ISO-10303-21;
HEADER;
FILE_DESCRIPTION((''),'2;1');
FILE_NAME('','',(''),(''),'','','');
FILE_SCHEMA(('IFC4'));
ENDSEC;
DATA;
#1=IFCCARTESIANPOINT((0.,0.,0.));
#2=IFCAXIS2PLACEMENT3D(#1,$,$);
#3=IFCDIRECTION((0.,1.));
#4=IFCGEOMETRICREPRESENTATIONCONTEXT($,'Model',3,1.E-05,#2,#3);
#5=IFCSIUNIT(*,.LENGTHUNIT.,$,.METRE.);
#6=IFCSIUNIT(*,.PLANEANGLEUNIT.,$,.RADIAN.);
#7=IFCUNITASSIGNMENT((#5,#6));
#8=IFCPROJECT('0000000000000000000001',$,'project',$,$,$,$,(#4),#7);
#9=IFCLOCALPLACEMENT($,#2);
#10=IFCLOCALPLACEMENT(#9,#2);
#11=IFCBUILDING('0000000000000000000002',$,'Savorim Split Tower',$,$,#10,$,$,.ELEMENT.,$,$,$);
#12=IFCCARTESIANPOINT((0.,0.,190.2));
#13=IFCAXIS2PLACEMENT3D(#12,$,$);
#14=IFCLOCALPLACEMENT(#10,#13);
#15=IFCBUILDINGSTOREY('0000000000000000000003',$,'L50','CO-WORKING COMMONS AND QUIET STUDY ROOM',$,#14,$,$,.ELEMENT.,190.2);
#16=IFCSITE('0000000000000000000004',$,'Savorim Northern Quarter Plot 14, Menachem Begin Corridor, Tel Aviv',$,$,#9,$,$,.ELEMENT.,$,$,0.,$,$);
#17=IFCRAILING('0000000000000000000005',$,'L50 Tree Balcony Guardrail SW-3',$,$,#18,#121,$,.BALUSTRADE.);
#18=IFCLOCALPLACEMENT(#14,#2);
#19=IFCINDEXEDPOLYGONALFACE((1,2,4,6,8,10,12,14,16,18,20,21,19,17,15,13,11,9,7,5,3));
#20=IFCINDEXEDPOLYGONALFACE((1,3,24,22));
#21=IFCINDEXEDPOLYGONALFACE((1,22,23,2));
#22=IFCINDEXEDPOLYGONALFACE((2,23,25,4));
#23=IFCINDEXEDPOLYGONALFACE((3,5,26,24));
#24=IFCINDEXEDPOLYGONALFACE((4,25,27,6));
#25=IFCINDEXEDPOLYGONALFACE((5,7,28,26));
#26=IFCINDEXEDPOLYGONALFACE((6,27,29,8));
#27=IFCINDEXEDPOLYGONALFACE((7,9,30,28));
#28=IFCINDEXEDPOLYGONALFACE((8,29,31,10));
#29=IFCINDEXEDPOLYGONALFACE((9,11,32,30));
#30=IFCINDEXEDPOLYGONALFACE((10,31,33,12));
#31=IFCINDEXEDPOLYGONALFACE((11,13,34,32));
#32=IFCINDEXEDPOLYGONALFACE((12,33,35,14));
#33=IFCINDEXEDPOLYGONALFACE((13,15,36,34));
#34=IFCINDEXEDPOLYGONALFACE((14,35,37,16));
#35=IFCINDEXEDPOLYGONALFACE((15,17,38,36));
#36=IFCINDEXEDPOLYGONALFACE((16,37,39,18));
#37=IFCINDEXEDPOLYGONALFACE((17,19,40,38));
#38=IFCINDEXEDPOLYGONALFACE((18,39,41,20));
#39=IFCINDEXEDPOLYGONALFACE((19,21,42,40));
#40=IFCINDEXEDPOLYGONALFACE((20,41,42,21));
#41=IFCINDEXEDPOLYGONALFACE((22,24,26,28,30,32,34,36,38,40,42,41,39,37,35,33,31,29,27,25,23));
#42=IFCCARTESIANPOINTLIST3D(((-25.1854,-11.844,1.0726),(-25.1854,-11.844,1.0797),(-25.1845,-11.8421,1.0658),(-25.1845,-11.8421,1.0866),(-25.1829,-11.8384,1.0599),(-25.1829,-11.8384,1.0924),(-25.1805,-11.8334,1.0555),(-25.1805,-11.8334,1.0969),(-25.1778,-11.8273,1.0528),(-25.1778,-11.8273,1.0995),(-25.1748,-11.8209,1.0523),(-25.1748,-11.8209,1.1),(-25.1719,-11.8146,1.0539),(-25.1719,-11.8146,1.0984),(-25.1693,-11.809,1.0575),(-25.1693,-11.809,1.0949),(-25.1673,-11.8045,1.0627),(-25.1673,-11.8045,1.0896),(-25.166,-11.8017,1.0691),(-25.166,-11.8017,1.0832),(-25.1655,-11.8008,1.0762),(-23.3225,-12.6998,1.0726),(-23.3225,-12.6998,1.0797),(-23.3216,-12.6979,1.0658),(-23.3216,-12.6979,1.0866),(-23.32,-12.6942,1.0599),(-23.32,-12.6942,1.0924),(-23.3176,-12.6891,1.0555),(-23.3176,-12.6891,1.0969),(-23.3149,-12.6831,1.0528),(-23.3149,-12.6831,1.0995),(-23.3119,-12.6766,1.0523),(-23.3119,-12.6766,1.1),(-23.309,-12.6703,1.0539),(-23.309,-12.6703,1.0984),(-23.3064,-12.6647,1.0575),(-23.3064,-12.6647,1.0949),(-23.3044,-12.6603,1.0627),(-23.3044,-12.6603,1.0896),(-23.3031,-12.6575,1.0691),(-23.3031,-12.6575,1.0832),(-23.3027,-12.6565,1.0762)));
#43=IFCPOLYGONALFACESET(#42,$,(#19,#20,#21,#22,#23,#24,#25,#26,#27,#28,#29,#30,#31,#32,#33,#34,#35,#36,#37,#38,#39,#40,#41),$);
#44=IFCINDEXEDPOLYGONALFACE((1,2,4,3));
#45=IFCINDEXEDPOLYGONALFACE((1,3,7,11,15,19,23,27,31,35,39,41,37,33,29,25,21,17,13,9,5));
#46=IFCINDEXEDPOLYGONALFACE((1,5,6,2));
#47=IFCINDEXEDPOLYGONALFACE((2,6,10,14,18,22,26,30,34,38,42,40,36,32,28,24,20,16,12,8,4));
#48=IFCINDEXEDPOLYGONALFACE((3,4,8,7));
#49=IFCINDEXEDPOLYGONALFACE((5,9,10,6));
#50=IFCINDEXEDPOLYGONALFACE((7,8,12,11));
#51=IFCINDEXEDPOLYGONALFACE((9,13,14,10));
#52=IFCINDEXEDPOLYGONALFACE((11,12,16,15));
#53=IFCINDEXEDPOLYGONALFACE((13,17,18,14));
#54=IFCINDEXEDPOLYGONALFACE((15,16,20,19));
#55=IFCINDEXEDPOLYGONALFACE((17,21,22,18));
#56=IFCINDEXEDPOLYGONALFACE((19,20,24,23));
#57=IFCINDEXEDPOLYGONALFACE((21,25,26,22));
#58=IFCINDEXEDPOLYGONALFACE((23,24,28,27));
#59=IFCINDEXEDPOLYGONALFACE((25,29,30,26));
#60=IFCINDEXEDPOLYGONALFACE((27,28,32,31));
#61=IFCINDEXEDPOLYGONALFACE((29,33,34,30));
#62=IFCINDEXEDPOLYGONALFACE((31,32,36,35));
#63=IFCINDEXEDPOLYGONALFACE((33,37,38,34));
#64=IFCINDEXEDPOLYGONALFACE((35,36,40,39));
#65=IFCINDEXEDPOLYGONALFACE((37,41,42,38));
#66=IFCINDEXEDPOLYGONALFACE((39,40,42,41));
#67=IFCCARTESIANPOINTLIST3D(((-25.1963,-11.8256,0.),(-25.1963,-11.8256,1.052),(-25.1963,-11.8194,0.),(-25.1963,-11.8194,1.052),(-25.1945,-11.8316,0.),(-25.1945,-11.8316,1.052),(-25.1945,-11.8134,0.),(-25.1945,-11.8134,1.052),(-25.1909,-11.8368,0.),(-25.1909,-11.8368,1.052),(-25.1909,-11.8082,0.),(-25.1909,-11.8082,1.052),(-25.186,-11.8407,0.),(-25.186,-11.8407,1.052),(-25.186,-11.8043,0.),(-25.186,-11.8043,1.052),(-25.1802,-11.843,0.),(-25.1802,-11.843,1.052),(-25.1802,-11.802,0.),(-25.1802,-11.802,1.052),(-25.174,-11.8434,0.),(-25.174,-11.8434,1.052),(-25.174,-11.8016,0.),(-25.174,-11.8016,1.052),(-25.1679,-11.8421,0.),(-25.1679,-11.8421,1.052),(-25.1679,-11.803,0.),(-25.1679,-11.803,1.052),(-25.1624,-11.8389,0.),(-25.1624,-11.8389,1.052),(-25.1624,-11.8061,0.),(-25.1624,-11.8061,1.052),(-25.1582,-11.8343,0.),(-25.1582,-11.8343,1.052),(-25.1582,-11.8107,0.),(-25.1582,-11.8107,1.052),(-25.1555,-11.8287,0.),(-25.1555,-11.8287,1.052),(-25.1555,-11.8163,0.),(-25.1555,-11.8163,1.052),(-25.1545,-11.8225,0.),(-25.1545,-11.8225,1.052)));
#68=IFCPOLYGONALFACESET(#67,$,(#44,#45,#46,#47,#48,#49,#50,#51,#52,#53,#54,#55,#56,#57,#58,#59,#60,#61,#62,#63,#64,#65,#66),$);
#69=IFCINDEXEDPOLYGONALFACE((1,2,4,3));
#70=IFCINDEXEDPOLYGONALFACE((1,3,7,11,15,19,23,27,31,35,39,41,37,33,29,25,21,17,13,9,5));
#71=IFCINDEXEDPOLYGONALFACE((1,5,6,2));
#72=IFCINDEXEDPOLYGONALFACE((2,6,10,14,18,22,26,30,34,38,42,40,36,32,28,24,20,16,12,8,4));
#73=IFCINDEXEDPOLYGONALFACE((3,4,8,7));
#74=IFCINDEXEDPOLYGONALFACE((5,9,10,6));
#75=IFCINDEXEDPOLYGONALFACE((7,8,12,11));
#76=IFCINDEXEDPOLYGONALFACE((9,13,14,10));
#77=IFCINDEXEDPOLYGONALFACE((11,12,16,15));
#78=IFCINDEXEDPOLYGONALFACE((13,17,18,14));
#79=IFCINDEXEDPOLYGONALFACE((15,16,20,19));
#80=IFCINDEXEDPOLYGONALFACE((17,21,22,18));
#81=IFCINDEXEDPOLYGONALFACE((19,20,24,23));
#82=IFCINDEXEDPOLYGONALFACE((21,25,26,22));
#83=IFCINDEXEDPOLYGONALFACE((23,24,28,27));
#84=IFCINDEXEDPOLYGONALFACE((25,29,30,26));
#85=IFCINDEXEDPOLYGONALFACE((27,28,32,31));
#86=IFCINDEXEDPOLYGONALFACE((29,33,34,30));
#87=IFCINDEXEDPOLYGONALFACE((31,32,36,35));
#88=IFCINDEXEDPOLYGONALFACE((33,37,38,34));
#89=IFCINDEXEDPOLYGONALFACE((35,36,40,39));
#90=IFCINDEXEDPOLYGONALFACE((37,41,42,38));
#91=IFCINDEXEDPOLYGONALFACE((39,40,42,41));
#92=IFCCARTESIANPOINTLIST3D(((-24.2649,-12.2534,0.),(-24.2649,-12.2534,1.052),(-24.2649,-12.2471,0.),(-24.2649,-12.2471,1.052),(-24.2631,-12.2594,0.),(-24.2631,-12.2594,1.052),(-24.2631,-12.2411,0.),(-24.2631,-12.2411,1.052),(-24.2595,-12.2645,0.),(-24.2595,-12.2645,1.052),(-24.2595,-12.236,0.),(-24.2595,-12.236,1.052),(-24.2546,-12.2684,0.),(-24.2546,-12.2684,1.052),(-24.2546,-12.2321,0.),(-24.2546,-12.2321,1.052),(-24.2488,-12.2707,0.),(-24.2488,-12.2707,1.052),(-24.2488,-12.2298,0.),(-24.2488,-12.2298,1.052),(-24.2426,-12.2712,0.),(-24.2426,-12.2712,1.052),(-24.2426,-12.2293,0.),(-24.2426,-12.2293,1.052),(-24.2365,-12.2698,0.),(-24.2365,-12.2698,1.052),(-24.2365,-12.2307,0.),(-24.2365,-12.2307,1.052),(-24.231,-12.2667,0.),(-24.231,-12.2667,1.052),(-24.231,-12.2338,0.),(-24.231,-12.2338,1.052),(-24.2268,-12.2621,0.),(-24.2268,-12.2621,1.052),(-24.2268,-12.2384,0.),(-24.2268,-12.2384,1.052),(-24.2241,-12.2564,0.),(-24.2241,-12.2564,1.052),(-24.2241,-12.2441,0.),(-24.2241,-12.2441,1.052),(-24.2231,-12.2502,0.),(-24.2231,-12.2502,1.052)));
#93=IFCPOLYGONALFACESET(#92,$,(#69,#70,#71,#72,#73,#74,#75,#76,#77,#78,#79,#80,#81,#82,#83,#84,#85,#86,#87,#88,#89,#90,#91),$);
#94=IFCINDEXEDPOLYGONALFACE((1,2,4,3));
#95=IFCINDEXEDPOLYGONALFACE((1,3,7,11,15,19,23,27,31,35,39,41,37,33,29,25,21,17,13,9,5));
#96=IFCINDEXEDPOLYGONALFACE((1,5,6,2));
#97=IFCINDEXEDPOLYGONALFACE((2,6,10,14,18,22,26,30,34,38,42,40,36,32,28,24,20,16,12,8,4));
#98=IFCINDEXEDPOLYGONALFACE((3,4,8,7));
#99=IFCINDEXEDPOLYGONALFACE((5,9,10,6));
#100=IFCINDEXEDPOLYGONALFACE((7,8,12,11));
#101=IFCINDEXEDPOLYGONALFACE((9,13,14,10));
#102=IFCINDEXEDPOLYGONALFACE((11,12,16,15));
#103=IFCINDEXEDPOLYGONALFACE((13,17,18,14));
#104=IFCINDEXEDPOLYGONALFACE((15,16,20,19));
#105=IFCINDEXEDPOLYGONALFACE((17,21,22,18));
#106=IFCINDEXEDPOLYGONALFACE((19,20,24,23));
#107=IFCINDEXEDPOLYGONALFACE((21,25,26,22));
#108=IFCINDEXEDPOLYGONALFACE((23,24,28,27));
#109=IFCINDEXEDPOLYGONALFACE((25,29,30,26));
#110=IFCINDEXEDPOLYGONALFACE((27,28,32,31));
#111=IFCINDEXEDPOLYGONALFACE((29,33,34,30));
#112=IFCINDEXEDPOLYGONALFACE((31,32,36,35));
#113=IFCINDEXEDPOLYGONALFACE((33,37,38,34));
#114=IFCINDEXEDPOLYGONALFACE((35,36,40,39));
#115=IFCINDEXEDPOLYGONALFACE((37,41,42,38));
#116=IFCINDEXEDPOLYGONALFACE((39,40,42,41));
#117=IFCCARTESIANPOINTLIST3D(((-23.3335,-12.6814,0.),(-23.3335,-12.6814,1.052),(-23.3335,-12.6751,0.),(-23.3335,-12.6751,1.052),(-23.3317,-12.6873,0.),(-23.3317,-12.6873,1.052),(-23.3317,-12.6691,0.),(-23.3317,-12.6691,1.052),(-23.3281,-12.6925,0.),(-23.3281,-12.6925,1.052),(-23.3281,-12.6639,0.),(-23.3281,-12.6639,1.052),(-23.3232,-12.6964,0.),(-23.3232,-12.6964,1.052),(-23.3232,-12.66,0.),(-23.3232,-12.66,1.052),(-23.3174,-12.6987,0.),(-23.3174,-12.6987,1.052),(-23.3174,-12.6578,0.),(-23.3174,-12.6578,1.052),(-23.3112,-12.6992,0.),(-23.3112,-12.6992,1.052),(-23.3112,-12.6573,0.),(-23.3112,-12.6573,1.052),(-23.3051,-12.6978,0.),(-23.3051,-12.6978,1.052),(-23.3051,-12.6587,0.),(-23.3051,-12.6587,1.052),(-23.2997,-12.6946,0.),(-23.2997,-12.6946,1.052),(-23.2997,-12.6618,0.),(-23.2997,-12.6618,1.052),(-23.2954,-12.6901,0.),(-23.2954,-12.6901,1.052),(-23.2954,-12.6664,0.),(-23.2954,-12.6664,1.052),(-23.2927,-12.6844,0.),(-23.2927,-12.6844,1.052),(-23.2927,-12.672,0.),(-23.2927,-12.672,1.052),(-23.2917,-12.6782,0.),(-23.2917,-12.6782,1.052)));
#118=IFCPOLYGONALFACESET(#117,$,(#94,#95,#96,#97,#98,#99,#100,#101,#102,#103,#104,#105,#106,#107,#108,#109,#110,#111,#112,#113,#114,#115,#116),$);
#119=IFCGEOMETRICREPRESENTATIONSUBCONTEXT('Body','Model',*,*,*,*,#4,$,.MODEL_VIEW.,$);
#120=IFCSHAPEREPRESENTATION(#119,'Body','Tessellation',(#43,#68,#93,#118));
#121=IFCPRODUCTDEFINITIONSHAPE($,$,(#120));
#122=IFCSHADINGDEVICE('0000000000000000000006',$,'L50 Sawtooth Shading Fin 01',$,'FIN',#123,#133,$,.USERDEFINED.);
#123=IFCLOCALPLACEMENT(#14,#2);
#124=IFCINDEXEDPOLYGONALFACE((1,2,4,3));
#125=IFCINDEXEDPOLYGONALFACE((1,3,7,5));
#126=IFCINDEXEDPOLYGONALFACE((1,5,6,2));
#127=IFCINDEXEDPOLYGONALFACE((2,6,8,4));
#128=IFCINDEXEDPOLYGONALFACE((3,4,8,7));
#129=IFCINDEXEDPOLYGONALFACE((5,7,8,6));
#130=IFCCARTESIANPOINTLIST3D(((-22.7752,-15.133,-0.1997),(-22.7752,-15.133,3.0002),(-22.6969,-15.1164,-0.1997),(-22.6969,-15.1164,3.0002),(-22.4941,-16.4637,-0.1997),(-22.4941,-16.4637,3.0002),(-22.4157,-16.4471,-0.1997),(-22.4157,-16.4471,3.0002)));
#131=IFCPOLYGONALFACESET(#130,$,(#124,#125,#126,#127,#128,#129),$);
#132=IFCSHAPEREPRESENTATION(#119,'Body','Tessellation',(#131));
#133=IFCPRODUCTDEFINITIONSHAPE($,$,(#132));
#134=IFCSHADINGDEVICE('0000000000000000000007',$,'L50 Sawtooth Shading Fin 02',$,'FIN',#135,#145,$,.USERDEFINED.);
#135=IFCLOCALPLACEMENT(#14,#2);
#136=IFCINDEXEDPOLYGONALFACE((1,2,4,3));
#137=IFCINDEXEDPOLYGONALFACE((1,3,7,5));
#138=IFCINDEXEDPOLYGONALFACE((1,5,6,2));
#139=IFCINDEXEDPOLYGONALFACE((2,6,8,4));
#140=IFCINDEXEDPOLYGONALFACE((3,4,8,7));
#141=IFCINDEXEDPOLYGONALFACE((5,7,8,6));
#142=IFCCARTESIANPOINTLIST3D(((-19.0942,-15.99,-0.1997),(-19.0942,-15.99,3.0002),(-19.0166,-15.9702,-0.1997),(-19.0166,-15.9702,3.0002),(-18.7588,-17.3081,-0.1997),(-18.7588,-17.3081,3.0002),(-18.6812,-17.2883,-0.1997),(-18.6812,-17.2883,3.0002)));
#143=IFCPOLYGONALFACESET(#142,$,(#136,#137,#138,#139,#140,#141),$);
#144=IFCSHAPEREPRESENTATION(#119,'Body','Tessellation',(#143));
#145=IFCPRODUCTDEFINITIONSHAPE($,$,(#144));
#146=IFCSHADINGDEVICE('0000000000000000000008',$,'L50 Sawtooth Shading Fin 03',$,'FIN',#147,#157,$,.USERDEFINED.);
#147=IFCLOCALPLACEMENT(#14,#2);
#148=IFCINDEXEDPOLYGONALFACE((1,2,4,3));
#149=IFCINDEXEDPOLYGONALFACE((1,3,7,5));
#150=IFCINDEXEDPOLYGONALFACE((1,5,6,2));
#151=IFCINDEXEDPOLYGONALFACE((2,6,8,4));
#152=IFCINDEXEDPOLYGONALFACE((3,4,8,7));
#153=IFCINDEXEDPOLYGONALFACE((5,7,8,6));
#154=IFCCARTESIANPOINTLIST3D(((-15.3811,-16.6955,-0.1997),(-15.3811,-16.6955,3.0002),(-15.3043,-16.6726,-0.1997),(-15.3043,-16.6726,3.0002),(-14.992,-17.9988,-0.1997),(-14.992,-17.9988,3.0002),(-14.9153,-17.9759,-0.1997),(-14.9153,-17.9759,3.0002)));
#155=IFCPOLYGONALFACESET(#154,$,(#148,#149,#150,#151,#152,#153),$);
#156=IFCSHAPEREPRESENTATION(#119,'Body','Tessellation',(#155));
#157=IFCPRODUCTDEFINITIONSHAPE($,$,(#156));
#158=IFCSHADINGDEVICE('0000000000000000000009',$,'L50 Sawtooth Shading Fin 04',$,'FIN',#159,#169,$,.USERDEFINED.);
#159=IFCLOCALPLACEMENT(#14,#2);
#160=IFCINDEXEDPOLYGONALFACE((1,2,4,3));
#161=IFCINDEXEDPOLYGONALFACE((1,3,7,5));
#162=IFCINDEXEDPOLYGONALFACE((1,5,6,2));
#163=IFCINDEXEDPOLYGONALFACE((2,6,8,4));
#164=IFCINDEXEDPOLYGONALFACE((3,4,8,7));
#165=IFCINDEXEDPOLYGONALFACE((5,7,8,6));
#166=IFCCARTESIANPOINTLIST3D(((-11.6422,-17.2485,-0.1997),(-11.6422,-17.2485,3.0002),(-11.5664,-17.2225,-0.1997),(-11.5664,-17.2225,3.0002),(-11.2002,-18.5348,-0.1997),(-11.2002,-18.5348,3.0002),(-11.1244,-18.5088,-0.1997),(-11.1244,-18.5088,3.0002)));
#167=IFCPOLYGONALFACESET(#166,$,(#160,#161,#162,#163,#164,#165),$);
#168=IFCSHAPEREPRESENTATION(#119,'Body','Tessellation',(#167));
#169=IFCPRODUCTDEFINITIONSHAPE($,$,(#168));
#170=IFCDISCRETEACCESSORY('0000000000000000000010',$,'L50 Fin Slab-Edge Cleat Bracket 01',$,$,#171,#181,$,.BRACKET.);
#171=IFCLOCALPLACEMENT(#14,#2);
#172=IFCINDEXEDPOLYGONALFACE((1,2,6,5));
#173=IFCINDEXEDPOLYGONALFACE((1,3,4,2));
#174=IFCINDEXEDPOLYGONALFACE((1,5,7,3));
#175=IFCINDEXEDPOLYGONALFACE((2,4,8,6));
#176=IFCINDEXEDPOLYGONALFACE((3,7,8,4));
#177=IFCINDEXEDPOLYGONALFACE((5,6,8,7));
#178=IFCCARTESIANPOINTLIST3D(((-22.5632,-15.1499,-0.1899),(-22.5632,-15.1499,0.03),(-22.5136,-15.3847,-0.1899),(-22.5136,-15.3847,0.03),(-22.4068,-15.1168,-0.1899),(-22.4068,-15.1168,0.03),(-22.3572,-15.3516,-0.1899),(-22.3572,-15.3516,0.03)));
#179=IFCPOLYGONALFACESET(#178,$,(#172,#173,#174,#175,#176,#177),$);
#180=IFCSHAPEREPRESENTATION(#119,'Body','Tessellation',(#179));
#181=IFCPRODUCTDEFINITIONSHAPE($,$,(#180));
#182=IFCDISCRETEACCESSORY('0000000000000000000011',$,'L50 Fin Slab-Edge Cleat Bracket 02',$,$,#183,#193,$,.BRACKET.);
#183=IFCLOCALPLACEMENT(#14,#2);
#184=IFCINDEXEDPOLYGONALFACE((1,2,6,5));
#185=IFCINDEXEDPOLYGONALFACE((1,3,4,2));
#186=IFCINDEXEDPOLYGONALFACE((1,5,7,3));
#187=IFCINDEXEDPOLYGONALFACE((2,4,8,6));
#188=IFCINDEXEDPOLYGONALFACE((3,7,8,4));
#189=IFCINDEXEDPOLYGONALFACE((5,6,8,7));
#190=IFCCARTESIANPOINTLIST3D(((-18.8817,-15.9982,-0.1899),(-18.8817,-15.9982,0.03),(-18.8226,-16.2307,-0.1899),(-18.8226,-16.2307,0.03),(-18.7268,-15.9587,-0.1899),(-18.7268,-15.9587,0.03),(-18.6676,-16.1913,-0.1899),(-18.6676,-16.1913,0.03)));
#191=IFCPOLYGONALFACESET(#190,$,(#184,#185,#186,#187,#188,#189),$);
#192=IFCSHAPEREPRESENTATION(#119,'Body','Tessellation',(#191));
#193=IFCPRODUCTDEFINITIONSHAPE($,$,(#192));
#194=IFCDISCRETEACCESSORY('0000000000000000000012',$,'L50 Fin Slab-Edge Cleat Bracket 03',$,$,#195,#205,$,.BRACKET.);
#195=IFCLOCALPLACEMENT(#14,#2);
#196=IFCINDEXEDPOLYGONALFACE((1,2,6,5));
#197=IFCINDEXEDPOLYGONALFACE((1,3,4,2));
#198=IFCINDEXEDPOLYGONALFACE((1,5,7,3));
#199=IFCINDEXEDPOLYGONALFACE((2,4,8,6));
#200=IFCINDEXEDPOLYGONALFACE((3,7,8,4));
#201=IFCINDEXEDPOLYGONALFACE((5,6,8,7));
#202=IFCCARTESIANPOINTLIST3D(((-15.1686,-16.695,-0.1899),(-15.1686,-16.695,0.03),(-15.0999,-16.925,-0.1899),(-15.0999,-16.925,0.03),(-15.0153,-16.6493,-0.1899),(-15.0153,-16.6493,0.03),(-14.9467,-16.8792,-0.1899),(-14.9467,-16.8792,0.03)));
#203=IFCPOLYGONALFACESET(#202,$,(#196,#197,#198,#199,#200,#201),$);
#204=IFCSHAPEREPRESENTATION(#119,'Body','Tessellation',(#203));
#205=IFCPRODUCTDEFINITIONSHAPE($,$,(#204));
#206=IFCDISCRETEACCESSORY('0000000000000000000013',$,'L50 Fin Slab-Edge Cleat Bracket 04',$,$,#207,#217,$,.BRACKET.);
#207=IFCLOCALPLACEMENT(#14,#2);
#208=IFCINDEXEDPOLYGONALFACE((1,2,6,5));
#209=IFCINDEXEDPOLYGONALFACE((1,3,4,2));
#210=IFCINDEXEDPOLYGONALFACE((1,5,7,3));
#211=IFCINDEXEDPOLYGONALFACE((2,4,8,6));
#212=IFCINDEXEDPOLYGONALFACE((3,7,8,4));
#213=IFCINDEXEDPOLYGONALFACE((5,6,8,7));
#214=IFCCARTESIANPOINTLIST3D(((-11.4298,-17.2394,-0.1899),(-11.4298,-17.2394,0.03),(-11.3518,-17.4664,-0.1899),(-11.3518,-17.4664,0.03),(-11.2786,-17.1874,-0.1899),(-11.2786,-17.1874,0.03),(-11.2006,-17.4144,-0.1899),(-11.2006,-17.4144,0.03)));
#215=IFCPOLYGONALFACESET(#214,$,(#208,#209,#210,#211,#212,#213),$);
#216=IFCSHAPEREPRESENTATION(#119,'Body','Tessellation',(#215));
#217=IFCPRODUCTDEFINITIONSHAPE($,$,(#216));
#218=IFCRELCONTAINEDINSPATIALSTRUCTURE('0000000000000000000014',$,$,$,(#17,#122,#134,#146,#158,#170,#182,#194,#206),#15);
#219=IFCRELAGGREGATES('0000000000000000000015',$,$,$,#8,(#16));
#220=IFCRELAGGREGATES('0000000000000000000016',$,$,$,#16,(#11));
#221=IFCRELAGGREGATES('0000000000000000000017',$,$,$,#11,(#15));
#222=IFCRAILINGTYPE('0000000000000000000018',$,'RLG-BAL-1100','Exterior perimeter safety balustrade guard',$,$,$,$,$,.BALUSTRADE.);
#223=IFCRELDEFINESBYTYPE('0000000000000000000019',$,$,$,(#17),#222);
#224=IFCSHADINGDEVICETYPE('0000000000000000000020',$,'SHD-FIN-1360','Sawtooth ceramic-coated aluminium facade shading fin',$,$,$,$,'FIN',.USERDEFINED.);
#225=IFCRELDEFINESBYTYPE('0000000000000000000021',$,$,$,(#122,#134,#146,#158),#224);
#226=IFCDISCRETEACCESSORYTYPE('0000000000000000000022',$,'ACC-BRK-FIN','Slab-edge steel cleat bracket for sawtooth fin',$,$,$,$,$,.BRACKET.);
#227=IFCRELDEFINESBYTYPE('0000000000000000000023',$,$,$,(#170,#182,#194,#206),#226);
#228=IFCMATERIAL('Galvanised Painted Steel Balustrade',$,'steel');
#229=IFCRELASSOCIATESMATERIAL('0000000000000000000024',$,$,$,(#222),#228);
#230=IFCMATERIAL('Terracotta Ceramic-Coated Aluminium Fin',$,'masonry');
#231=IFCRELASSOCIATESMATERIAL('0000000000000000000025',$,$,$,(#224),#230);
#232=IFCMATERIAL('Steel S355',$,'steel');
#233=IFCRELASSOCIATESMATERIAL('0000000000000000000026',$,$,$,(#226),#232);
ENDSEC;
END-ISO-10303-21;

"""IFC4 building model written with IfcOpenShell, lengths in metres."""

from ifc_helpers import new_model, si_unit, direction, frame, origin, origin_2d, place, context, subcontext, project, spatial, rectangle, circle, extrude, material, type_object, element, save


model = new_model("IFC4")

# Units and contexts
model_context = context("Model", 3, precision=1e-05, world=origin(), true_north=direction((0.0, 1.0)))
body_context = subcontext(model_context, "Body", "Model", "MODEL_VIEW")
ifc_project = project(units=[si_unit("LENGTHUNIT", "METRE"), si_unit("PLANEANGLEUNIT", "RADIAN")], contexts=[model_context])

# Site, building, storey
site_placement = place(None, origin())
site = spatial("IfcSite", under=ifc_project, at=site_placement, Name="Savorim Northern Quarter Plot 14, Menachem Begin Corridor, Tel Aviv", CompositionType="ELEMENT", RefElevation=0.0)
building_placement = place(site_placement, origin())
building = spatial("IfcBuilding", under=site, at=building_placement, Name="Savorim Split Tower", CompositionType="ELEMENT")
storey_placement = place(building_placement, frame((0.0, 0.0, 190.2)))
storey = spatial("IfcBuildingStorey", under=building, at=storey_placement, Name="L50", Description="CO-WORKING COMMONS AND QUIET STUDY ROOM", CompositionType="ELEMENT", Elevation=190.2)

# Shared definitions
ifc_material_1 = material(Name="Steel S355", Category="steel")

# Railing
ifc_material_2 = material(Name="Galvanised Painted Steel Balustrade", Category="steel")
railing_type = type_object("IfcRailingType", Name="RLG-BAL-1100", Description="Exterior perimeter safety balustrade guard", PredefinedType="BALUSTRADE", material=ifc_material_2)
railing_1_placement = place(storey_placement, frame((-25.1755, -11.8225, 0.0)))
element("IfcRailing", 1, at=railing_1_placement, inside=storey, type_object=railing_type, Name="L50 Tree Balcony Guardrail SW-3", PredefinedType="BALUSTRADE", context=body_context, shape_type="SweptSolid", body=[
    extrude(circle(Radius=0.0239, at=origin_2d()), frame((0.0, 0.0, 1.0762), z_axis=(0.908707, -0.417434, 0.0), x_axis=(0.417434, 0.908707, 0.0)), (0.0, 0.0, 1.0), 2.05),
    extrude(circle(Radius=0.021, at=origin_2d()), origin(), (0.0, 0.0, 1.0), 1.052),
    extrude(circle(Radius=0.021, at=origin_2d()), frame((0.9314, -0.4277, 0.0)), (0.0, 0.0, 1.0), 1.052),
    extrude(circle(Radius=0.021, at=origin_2d()), frame((1.8628, -0.8557, 0.0)), (0.0, 0.0, 1.0), 1.052),
])

# Shading devices
ifc_material_3 = material(Name="Terracotta Ceramic-Coated Aluminium Fin", Category="masonry")
shading_device_type = type_object("IfcShadingDeviceType", Name="SHD-FIN-1360", Description="Sawtooth ceramic-coated aluminium facade shading fin", ElementType="FIN", PredefinedType="USERDEFINED", material=ifc_material_3)
for number, where, z_axis, x_axis, name in (
    (2, (-22.5955, -15.79, -0.1997), (0.0, 0.0, 1.0), (0.206722, -0.9784, 0.0), "L50 Sawtooth Shading Fin 01"),
    (3, (-18.8877, -16.6392, -0.1997), (0.0, 0.0, 1.0), (0.246581, -0.969122, 0.0), "L50 Sawtooth Shading Fin 02"),
    (4, (-15.1482, -17.3357, -0.1997), (0.0, 0.0, 1.0), (0.286026, -0.958222, 0.0), "L50 Sawtooth Shading Fin 03"),
    (5, (-11.3833, -17.8787, -0.1997), (0.0, 0.0, 1.0), (0.324994, -0.945716, 0.0), "L50 Sawtooth Shading Fin 04"),
):
    element("IfcShadingDevice", number, at=place(storey_placement, frame(where, z_axis=z_axis, x_axis=x_axis)), inside=storey, type_object=shading_device_type, Name=name, ObjectType="FIN", PredefinedType="USERDEFINED", context=body_context, shape_type="SweptSolid", body=[
        extrude(rectangle(XDim=1.3601, YDim=0.0801, at=origin_2d()), origin(), (0.0, 0.0, 1.0), 3.2),
    ])

# Discrete accessories
discrete_accessory_type_1 = type_object("IfcDiscreteAccessoryType", Name="ACC-BRK-FIN", Description="Slab-edge steel cleat bracket for sawtooth fin", PredefinedType="BRACKET", material=ifc_material_1)
for number, where, z_axis, x_axis, name in (
    (6, (-22.4602, -15.2507, -0.1899), (0.0, 0.0, 1.0), (0.206722, -0.9784, 0.0), "L50 Fin Slab-Edge Cleat Bracket 01"),
    (7, (-18.7747, -16.0947, -0.1899), (0.0, 0.0, 1.0), (0.246581, -0.969122, 0.0), "L50 Fin Slab-Edge Cleat Bracket 02"),
    (8, (-15.0576, -16.7871, -0.1899), (0.0, 0.0, 1.0), (0.286026, -0.958222, 0.0), "L50 Fin Slab-Edge Cleat Bracket 03"),
    (9, (-11.3152, -17.3269, -0.1899), (0.0, 0.0, 1.0), (0.324994, -0.945716, 0.0), "L50 Fin Slab-Edge Cleat Bracket 04"),
):
    element("IfcDiscreteAccessory", number, at=place(storey_placement, frame(where, z_axis=z_axis, x_axis=x_axis)), inside=storey, type_object=discrete_accessory_type_1, Name=name, PredefinedType="BRACKET", context=body_context, shape_type="SweptSolid", body=[
        extrude(rectangle(XDim=0.24, YDim=0.1599, at=origin_2d()), origin(), (0.0, 0.0, 1.0), 0.22),
    ])

save(model, "model.ifc")
